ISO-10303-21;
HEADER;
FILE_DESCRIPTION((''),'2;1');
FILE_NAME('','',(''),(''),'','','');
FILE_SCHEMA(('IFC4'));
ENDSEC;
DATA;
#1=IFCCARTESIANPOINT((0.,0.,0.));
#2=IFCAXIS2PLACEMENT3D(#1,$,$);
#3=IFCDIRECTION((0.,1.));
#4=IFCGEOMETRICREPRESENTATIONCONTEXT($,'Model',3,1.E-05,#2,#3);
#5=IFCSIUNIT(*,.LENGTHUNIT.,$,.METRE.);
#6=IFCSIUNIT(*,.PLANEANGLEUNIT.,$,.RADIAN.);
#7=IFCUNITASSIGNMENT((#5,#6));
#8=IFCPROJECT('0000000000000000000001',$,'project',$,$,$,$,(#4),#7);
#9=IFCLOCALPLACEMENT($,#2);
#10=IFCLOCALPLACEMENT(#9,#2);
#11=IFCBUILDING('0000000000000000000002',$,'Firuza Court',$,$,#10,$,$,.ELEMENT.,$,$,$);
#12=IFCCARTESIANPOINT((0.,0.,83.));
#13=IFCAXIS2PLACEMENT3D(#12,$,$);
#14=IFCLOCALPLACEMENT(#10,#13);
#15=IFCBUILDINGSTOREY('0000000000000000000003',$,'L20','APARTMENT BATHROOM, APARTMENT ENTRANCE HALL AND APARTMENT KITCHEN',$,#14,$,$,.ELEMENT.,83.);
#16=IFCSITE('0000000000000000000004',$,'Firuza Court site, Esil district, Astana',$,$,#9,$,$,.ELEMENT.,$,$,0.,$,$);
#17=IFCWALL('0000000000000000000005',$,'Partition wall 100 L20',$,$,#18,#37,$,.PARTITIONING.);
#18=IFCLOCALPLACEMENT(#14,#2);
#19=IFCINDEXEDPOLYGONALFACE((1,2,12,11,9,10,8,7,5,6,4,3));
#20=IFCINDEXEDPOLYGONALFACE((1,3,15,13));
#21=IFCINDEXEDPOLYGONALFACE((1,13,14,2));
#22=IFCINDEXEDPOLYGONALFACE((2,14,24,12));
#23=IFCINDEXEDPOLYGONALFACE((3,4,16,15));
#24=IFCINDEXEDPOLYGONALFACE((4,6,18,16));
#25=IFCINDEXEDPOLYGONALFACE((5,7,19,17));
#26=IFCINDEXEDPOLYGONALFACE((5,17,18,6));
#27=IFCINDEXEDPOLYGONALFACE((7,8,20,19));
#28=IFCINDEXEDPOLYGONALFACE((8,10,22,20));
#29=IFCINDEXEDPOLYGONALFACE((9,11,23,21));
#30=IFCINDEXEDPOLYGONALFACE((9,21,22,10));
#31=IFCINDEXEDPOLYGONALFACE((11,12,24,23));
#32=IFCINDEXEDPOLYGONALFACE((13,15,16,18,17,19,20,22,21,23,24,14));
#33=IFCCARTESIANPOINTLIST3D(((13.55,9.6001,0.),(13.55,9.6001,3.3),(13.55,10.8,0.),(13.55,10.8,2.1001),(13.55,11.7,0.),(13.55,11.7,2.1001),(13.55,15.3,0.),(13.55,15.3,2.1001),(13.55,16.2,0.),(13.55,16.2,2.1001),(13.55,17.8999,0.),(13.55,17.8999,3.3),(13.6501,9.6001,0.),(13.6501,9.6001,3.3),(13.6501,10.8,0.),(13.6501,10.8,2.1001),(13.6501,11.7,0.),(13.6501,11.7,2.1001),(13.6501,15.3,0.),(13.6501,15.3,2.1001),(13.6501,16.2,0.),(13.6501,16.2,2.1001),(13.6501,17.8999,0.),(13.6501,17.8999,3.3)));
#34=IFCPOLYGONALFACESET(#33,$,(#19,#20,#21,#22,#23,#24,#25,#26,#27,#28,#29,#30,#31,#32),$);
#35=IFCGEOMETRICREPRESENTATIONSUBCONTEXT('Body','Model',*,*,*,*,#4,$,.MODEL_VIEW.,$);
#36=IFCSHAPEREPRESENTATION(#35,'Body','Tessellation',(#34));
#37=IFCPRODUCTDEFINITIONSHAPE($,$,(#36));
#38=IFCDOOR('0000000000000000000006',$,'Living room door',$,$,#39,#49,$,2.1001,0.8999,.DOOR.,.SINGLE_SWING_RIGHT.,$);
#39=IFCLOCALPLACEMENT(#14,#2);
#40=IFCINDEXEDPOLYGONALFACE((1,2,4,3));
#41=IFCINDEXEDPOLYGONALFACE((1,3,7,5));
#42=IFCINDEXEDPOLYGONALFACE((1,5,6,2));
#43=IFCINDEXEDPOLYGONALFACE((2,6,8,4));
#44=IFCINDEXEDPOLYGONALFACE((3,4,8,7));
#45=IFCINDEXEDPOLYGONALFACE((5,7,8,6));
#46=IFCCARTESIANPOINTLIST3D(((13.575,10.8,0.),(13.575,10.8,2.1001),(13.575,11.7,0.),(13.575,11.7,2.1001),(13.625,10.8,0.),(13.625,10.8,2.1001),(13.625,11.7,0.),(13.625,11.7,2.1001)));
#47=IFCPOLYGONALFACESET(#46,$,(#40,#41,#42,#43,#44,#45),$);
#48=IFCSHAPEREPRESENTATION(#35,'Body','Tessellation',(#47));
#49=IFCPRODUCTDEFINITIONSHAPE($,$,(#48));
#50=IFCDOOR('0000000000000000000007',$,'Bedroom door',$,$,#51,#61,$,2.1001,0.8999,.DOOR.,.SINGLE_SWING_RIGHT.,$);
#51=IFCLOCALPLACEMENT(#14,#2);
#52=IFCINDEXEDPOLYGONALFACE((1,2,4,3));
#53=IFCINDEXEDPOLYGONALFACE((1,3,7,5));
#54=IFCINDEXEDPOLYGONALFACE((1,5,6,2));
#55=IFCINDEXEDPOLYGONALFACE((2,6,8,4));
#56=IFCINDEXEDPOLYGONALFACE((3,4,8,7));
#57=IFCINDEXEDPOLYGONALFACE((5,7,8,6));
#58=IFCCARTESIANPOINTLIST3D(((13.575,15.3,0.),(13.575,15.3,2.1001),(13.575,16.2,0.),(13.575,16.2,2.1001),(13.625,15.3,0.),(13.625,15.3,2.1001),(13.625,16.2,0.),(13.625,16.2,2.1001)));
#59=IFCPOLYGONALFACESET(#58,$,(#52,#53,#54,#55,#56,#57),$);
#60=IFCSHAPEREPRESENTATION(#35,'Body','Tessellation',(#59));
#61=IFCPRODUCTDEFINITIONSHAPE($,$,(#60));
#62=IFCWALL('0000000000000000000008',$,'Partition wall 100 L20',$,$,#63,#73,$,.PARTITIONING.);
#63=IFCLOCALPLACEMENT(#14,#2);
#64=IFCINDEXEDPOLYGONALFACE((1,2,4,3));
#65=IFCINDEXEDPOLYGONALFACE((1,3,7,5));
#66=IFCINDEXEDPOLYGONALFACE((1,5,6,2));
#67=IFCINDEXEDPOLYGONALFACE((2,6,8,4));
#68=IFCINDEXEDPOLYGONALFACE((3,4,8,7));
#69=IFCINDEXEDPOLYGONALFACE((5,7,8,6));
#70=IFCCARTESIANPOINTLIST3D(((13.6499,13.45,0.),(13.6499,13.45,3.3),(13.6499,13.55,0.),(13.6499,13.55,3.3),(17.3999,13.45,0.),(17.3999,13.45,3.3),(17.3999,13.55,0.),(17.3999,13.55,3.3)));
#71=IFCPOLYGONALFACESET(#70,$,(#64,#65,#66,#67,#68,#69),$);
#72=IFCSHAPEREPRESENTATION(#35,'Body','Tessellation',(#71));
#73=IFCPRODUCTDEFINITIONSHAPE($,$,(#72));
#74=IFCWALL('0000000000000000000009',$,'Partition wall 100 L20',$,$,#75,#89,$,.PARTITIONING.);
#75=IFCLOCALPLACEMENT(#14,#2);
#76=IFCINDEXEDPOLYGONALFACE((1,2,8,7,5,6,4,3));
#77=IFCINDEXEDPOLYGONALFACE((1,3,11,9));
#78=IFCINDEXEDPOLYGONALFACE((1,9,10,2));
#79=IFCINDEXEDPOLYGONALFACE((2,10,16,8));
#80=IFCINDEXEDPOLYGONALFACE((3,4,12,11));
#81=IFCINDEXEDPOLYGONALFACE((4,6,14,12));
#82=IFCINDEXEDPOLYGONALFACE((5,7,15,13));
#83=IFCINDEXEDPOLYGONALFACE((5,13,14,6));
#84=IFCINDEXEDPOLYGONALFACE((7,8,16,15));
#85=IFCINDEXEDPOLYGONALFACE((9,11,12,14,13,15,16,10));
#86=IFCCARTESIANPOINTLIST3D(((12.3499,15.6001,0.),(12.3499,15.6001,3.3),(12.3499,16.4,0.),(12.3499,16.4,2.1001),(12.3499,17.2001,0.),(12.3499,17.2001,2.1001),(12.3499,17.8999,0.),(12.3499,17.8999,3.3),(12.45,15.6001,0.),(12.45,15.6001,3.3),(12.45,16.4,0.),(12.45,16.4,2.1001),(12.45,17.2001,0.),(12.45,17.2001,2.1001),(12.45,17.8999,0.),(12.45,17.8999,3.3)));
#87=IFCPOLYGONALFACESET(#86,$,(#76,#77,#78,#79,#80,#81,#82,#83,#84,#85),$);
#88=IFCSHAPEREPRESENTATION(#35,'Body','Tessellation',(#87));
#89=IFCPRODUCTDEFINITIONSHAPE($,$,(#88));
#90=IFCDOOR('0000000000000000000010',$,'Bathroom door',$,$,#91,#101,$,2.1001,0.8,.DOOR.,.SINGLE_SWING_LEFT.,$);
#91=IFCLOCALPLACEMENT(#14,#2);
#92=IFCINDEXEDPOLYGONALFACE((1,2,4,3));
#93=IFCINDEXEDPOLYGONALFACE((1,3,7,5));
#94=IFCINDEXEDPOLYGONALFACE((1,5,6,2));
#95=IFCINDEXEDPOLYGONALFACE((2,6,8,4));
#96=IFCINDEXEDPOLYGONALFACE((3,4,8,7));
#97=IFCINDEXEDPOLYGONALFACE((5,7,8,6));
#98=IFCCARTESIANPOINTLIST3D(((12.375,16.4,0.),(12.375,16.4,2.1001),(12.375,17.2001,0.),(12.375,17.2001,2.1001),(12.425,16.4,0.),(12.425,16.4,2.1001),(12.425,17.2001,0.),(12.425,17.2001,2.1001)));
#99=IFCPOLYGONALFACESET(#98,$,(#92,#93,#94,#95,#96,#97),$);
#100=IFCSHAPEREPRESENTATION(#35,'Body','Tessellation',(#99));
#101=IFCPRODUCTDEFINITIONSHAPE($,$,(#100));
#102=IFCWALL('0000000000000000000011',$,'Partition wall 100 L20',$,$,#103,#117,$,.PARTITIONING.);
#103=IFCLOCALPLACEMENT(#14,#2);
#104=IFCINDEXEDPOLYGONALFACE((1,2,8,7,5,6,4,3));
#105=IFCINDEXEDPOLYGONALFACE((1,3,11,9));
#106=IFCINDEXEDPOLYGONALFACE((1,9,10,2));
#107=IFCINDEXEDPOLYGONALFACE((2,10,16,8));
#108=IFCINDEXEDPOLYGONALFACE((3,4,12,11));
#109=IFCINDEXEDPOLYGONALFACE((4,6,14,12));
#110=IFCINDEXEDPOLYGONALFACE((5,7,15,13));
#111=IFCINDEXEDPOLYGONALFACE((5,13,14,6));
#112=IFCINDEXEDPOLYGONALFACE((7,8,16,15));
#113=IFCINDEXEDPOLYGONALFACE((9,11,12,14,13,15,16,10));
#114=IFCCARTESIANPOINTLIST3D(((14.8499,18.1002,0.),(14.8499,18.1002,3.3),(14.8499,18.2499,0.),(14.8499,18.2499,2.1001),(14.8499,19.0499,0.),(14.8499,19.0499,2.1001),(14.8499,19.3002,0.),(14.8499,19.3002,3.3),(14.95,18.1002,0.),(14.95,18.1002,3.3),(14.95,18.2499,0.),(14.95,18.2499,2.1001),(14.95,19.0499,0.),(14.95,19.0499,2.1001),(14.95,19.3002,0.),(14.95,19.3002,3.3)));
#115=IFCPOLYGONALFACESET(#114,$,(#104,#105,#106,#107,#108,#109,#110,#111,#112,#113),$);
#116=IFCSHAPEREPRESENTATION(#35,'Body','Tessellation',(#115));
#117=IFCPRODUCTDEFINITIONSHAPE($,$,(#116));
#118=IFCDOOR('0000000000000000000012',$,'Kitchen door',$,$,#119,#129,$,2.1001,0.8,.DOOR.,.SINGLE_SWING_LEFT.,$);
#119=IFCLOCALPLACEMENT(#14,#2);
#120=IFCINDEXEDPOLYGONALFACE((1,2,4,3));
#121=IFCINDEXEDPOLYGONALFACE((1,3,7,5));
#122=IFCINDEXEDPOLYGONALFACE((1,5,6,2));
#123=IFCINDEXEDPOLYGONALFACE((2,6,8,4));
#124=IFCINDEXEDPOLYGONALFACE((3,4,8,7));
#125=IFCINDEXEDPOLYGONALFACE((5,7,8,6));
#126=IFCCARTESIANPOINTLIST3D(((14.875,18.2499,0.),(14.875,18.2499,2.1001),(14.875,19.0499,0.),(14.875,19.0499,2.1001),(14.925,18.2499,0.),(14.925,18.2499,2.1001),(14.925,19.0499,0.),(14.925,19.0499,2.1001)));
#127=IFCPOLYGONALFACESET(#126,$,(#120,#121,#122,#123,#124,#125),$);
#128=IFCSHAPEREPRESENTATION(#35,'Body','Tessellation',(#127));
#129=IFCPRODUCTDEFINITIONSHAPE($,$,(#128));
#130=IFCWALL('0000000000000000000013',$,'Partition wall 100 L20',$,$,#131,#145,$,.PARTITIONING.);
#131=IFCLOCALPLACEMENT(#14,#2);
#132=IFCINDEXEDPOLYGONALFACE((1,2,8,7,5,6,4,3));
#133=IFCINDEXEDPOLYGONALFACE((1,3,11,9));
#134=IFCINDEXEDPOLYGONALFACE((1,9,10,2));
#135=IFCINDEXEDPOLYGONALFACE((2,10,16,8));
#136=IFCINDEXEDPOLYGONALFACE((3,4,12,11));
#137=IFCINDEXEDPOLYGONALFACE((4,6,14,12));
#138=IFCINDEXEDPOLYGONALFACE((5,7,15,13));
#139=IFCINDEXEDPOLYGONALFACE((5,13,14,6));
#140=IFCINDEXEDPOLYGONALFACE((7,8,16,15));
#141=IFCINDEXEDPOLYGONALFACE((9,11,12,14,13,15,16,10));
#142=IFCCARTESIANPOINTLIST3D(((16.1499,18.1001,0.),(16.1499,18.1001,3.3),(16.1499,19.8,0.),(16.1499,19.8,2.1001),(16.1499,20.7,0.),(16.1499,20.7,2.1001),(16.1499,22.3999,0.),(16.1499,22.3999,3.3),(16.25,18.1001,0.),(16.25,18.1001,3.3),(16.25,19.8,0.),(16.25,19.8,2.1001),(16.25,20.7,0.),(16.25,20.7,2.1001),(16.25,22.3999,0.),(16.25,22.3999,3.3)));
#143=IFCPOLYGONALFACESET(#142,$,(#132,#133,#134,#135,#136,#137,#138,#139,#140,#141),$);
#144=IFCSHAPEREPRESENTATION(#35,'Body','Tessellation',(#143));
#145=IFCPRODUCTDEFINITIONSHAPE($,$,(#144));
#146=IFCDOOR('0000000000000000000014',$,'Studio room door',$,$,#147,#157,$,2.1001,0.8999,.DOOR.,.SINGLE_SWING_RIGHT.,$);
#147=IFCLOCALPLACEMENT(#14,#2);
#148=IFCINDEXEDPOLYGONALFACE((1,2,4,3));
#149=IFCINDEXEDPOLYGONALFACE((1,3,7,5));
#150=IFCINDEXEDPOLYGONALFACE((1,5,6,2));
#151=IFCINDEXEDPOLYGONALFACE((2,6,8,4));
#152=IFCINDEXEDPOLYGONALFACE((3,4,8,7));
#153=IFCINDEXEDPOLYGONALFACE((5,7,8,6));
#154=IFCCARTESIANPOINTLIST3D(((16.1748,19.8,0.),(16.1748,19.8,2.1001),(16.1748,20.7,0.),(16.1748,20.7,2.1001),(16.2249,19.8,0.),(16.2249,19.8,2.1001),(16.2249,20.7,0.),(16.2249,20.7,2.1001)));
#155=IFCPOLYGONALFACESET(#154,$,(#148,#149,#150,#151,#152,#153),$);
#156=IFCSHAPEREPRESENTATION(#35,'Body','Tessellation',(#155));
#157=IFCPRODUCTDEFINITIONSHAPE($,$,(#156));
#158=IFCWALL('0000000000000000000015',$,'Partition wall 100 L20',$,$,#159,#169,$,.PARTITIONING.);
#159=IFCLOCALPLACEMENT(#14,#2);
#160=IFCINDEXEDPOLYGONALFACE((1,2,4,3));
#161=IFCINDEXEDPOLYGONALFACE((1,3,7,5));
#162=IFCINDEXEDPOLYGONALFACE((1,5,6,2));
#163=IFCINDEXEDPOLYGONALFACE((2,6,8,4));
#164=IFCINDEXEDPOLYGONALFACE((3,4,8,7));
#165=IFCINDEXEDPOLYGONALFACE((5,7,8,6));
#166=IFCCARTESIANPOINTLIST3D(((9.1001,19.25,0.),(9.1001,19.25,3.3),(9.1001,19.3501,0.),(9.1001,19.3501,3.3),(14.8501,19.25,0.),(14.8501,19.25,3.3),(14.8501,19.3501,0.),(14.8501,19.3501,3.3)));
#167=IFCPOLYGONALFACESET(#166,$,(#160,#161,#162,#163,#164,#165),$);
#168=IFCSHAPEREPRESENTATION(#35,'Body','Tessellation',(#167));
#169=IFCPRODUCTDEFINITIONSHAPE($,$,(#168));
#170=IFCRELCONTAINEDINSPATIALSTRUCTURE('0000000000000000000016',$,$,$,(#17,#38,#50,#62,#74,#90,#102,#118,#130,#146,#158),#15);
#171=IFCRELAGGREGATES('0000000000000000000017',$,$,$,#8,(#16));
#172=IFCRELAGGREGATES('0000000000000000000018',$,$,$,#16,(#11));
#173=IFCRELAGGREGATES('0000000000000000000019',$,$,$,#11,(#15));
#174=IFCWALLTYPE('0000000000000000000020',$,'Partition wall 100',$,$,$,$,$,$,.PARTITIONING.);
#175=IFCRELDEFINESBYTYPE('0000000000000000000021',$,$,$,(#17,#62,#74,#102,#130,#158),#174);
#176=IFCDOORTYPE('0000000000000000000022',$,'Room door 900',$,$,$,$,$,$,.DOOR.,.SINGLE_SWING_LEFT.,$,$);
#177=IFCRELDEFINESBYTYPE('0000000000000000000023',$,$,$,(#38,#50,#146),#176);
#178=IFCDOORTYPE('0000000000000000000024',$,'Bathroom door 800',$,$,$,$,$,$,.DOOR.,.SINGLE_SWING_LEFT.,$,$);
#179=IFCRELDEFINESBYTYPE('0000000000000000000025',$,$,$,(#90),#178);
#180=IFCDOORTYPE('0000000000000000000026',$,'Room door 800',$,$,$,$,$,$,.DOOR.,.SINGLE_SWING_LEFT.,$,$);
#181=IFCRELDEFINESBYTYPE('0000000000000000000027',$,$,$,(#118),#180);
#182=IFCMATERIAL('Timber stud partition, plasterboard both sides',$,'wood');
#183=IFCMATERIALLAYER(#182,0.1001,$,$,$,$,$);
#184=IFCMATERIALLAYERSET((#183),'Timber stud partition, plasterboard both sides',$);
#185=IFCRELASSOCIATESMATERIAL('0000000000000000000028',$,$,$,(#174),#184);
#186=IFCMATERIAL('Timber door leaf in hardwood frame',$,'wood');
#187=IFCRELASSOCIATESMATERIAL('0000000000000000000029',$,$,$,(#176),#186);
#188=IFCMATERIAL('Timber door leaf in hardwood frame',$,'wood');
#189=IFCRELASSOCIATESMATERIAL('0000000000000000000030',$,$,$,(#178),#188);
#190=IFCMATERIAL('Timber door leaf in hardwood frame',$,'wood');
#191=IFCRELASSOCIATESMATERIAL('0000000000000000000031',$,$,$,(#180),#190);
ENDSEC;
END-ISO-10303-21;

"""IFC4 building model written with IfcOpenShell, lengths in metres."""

from ifc_helpers import new_model, si_unit, direction, frame, frame_2d, origin, place, context, subcontext, project, spatial, rectangle, extrude, material, layer, layer_set, type_object, element, fill, save


model = new_model("IFC4")

# Units and contexts
model_context = context("Model", 3, precision=1e-05, world=origin(), true_north=direction((0.0, 1.0)))
body_context = subcontext(model_context, "Body", "Model", "MODEL_VIEW")
ifc_project = project(units=[si_unit("LENGTHUNIT", "METRE"), si_unit("PLANEANGLEUNIT", "RADIAN")], contexts=[model_context])

# Site, building, storey
site_placement = place(None, origin())
site = spatial("IfcSite", under=ifc_project, at=site_placement, Name="Firuza Court site, Esil district, Astana", CompositionType="ELEMENT", RefElevation=0.0)
building_placement = place(site_placement, origin())
building = spatial("IfcBuilding", under=site, at=building_placement, Name="Firuza Court", CompositionType="ELEMENT")
storey_placement = place(building_placement, frame((0.0, 0.0, 83.0)))
storey = spatial("IfcBuildingStorey", under=building, at=storey_placement, Name="L20", Description="APARTMENT BATHROOM, APARTMENT ENTRANCE HALL AND APARTMENT KITCHEN", CompositionType="ELEMENT", Elevation=83.0)

# Shared definitions
ifc_material_1 = material(Name="Timber stud partition, plasterboard both sides", Category="wood")
ifc_layer_1 = layer(ifc_material_1, 0.1001)
ifc_layer_set_1 = layer_set([ifc_layer_1], Name="Timber stud partition, plasterboard both sides")
wall_type_1 = type_object("IfcWallType", Name="Partition wall 100", PredefinedType="PARTITIONING", material=ifc_layer_set_1)
ifc_material_2 = material(Name="Timber door leaf in hardwood frame", Category="wood")
door_type_1 = type_object("IfcDoorType", Name="Room door 900", OperationType="SINGLE_SWING_LEFT", PredefinedType="DOOR", material=ifc_material_2)

# Wall, openings, doors
wall_1_placement = place(storey_placement, frame((13.6001, 9.6001, 0.0), z_axis=(0.0, 0.0, 1.0), x_axis=(0.0, 1.0, 0.0)))
wall_1 = element("IfcWall", 1, at=wall_1_placement, inside=storey, type_object=wall_type_1, Name="Partition wall 100 L20", PredefinedType="PARTITIONING", context=body_context, shape_type="SweptSolid", body=[
    extrude(rectangle(XDim=8.2998, YDim=0.1001, at=frame_2d((4.1499, 0.0))), origin(), (0.0, 0.0, 1.0), 3.3),
])
opening_1_placement = place(wall_1_placement, frame((1.2, 0.0, 0.0)))
opening_1 = element("IfcOpeningElement", 2, at=opening_1_placement, cuts=wall_1, PredefinedType="OPENING", context=body_context, shape_type="SweptSolid", body=[
    extrude(rectangle(XDim=0.8999, YDim=2.1001, at=frame_2d((0.45, 1.05))), frame((0.0, 0.062, 0.0), z_axis=(0.0, -1.0, 0.0), x_axis=(1.0, 0.0, 0.0)), (0.0, 0.0, 1.0), 0.124),
])
opening_2_placement = place(wall_1_placement, frame((5.7, 0.0, 0.0)))
opening_2 = element("IfcOpeningElement", 3, at=opening_2_placement, cuts=wall_1, PredefinedType="OPENING", context=body_context, shape_type="SweptSolid", body=[
    extrude(rectangle(XDim=0.8999, YDim=2.1001, at=frame_2d((0.45, 1.05))), frame((0.0, 0.062, 0.0), z_axis=(0.0, -1.0, 0.0), x_axis=(1.0, 0.0, 0.0)), (0.0, 0.0, 1.0), 0.124),
])
door_1_placement = place(opening_1_placement, frame((0.8999, 0.0, 0.0), z_axis=(0.0, 0.0, 1.0), x_axis=(-1.0, 0.0, 0.0)))
door_1 = element("IfcDoor", 4, at=door_1_placement, inside=storey, type_object=door_type_1, Name="Living room door", OperationType="SINGLE_SWING_RIGHT", OverallHeight=2.1001, OverallWidth=0.8999, PredefinedType="DOOR", context=body_context, shape_type="SweptSolid", body=[
    extrude(rectangle(XDim=0.8999, YDim=2.1001, at=frame_2d((0.45, 1.05))), frame((0.0, 0.0249, 0.0), z_axis=(0.0, -1.0, 0.0), x_axis=(1.0, 0.0, 0.0)), (0.0, 0.0, 1.0), 0.05),
])
fill(opening_1, door_1)
door_2_placement = place(opening_2_placement, frame((0.8999, 0.0, 0.0), z_axis=(0.0, 0.0, 1.0), x_axis=(-1.0, 0.0, 0.0)))
door_2 = element("IfcDoor", 5, at=door_2_placement, inside=storey, type_object=door_type_1, Name="Bedroom door", OperationType="SINGLE_SWING_RIGHT", OverallHeight=2.1001, OverallWidth=0.8999, PredefinedType="DOOR", context=body_context, shape_type="SweptSolid", body=[
    extrude(rectangle(XDim=0.8999, YDim=2.1001, at=frame_2d((0.45, 1.05))), frame((0.0, 0.0249, 0.0), z_axis=(0.0, -1.0, 0.0), x_axis=(1.0, 0.0, 0.0)), (0.0, 0.0, 1.0), 0.05),
])
fill(opening_2, door_2)

# Wall
wall_2_placement = place(storey_placement, frame((13.6499, 13.5, 0.0), z_axis=(0.0, 0.0, 1.0), x_axis=(1.0, 0.0, 0.0)))
element("IfcWall", 6, at=wall_2_placement, inside=storey, type_object=wall_type_1, Name="Partition wall 100 L20", PredefinedType="PARTITIONING", context=body_context, shape_type="SweptSolid", body=[
    extrude(rectangle(XDim=3.75, YDim=0.1001, at=frame_2d((1.875, 0.0))), origin(), (0.0, 0.0, 1.0), 3.3),
])

# Walls, openings, doors
wall_3_placement = place(storey_placement, frame((12.3999, 15.6001, 0.0), z_axis=(0.0, 0.0, 1.0), x_axis=(0.0, 1.0, 0.0)))
wall_3 = element("IfcWall", 7, at=wall_3_placement, inside=storey, type_object=wall_type_1, Name="Partition wall 100 L20", PredefinedType="PARTITIONING", context=body_context, shape_type="SweptSolid", body=[
    extrude(rectangle(XDim=2.2998, YDim=0.1001, at=frame_2d((1.1499, 0.0))), origin(), (0.0, 0.0, 1.0), 3.3),
])
opening_3_placement = place(wall_3_placement, frame((0.8, 0.0, 0.0)))
opening_3 = element("IfcOpeningElement", 8, at=opening_3_placement, cuts=wall_3, PredefinedType="OPENING", context=body_context, shape_type="SweptSolid", body=[
    extrude(rectangle(XDim=0.8, YDim=2.1001, at=frame_2d((0.3999, 1.05))), frame((0.0, 0.062, 0.0), z_axis=(0.0, -1.0, 0.0), x_axis=(1.0, 0.0, 0.0)), (0.0, 0.0, 1.0), 0.124),
])
ifc_material_3 = material(Name="Timber door leaf in hardwood frame", Category="wood")
door_type_2 = type_object("IfcDoorType", Name="Bathroom door 800", OperationType="SINGLE_SWING_LEFT", PredefinedType="DOOR", material=ifc_material_3)
door_3_placement = place(opening_3_placement, origin())
door_3 = element("IfcDoor", 9, at=door_3_placement, inside=storey, type_object=door_type_2, Name="Bathroom door", OperationType="SINGLE_SWING_LEFT", OverallHeight=2.1001, OverallWidth=0.8, PredefinedType="DOOR", context=body_context, shape_type="SweptSolid", body=[
    extrude(rectangle(XDim=0.8, YDim=2.1001, at=frame_2d((0.3999, 1.05))), frame((0.0, 0.0249, 0.0), z_axis=(0.0, -1.0, 0.0), x_axis=(1.0, 0.0, 0.0)), (0.0, 0.0, 1.0), 0.05),
])
fill(opening_3, door_3)
wall_4_placement = place(storey_placement, frame((14.8999, 18.1001, 0.0), z_axis=(0.0, 0.0, 1.0), x_axis=(0.0, 1.0, 0.0)))
wall_4 = element("IfcWall", 10, at=wall_4_placement, inside=storey, type_object=wall_type_1, Name="Partition wall 100 L20", PredefinedType="PARTITIONING", context=body_context, shape_type="SweptSolid", body=[
    extrude(rectangle(XDim=1.2, YDim=0.1001, at=frame_2d((0.6001, 0.0))), origin(), (0.0, 0.0, 1.0), 3.3),
])
opening_4_placement = place(wall_4_placement, frame((0.1499, 0.0, 0.0)))
opening_4 = element("IfcOpeningElement", 11, at=opening_4_placement, cuts=wall_4, PredefinedType="OPENING", context=body_context, shape_type="SweptSolid", body=[
    extrude(rectangle(XDim=0.8, YDim=2.1001, at=frame_2d((0.3999, 1.05))), frame((0.0, 0.062, 0.0), z_axis=(0.0, -1.0, 0.0), x_axis=(1.0, 0.0, 0.0)), (0.0, 0.0, 1.0), 0.124),
])
ifc_material_4 = material(Name="Timber door leaf in hardwood frame", Category="wood")
door_type_3 = type_object("IfcDoorType", Name="Room door 800", OperationType="SINGLE_SWING_LEFT", PredefinedType="DOOR", material=ifc_material_4)
door_4_placement = place(opening_4_placement, origin())
door_4 = element("IfcDoor", 12, at=door_4_placement, inside=storey, type_object=door_type_3, Name="Kitchen door", OperationType="SINGLE_SWING_LEFT", OverallHeight=2.1001, OverallWidth=0.8, PredefinedType="DOOR", context=body_context, shape_type="SweptSolid", body=[
    extrude(rectangle(XDim=0.8, YDim=2.1001, at=frame_2d((0.3999, 1.05))), frame((0.0, 0.0249, 0.0), z_axis=(0.0, -1.0, 0.0), x_axis=(1.0, 0.0, 0.0)), (0.0, 0.0, 1.0), 0.05),
])
fill(opening_4, door_4)
wall_5_placement = place(storey_placement, frame((16.2, 18.1001, 0.0), z_axis=(0.0, 0.0, 1.0), x_axis=(0.0, 1.0, 0.0)))
wall_5 = element("IfcWall", 13, at=wall_5_placement, inside=storey, type_object=wall_type_1, Name="Partition wall 100 L20", PredefinedType="PARTITIONING", context=body_context, shape_type="SweptSolid", body=[
    extrude(rectangle(XDim=4.2998, YDim=0.1001, at=frame_2d((2.1499, 0.0))), origin(), (0.0, 0.0, 1.0), 3.3),
])
opening_5_placement = place(wall_5_placement, frame((1.7, 0.0, 0.0)))
opening_5 = element("IfcOpeningElement", 14, at=opening_5_placement, cuts=wall_5, PredefinedType="OPENING", context=body_context, shape_type="SweptSolid", body=[
    extrude(rectangle(XDim=0.8999, YDim=2.1001, at=frame_2d((0.45, 1.05))), frame((0.0, 0.062, 0.0), z_axis=(0.0, -1.0, 0.0), x_axis=(1.0, 0.0, 0.0)), (0.0, 0.0, 1.0), 0.124),
])
door_5_placement = place(opening_5_placement, frame((0.8999, 0.0, 0.0), z_axis=(0.0, 0.0, 1.0), x_axis=(-1.0, 0.0, 0.0)))
door_5 = element("IfcDoor", 15, at=door_5_placement, inside=storey, type_object=door_type_1, Name="Studio room door", OperationType="SINGLE_SWING_RIGHT", OverallHeight=2.1001, OverallWidth=0.8999, PredefinedType="DOOR", context=body_context, shape_type="SweptSolid", body=[
    extrude(rectangle(XDim=0.8999, YDim=2.1001, at=frame_2d((0.45, 1.05))), frame((0.0, 0.0249, 0.0), z_axis=(0.0, -1.0, 0.0), x_axis=(1.0, 0.0, 0.0)), (0.0, 0.0, 1.0), 0.05),
])
fill(opening_5, door_5)

# Wall
wall_6_placement = place(storey_placement, frame((9.1001, 19.3, 0.0), z_axis=(0.0, 0.0, 1.0), x_axis=(1.0, 0.0, 0.0)))
element("IfcWall", 16, at=wall_6_placement, inside=storey, type_object=wall_type_1, Name="Partition wall 100 L20", PredefinedType="PARTITIONING", context=body_context, shape_type="SweptSolid", body=[
    extrude(rectangle(XDim=5.75, YDim=0.1001, at=frame_2d((2.875, 0.0))), origin(), (0.0, 0.0, 1.0), 3.3),
])

save(model, "model.ifc")
